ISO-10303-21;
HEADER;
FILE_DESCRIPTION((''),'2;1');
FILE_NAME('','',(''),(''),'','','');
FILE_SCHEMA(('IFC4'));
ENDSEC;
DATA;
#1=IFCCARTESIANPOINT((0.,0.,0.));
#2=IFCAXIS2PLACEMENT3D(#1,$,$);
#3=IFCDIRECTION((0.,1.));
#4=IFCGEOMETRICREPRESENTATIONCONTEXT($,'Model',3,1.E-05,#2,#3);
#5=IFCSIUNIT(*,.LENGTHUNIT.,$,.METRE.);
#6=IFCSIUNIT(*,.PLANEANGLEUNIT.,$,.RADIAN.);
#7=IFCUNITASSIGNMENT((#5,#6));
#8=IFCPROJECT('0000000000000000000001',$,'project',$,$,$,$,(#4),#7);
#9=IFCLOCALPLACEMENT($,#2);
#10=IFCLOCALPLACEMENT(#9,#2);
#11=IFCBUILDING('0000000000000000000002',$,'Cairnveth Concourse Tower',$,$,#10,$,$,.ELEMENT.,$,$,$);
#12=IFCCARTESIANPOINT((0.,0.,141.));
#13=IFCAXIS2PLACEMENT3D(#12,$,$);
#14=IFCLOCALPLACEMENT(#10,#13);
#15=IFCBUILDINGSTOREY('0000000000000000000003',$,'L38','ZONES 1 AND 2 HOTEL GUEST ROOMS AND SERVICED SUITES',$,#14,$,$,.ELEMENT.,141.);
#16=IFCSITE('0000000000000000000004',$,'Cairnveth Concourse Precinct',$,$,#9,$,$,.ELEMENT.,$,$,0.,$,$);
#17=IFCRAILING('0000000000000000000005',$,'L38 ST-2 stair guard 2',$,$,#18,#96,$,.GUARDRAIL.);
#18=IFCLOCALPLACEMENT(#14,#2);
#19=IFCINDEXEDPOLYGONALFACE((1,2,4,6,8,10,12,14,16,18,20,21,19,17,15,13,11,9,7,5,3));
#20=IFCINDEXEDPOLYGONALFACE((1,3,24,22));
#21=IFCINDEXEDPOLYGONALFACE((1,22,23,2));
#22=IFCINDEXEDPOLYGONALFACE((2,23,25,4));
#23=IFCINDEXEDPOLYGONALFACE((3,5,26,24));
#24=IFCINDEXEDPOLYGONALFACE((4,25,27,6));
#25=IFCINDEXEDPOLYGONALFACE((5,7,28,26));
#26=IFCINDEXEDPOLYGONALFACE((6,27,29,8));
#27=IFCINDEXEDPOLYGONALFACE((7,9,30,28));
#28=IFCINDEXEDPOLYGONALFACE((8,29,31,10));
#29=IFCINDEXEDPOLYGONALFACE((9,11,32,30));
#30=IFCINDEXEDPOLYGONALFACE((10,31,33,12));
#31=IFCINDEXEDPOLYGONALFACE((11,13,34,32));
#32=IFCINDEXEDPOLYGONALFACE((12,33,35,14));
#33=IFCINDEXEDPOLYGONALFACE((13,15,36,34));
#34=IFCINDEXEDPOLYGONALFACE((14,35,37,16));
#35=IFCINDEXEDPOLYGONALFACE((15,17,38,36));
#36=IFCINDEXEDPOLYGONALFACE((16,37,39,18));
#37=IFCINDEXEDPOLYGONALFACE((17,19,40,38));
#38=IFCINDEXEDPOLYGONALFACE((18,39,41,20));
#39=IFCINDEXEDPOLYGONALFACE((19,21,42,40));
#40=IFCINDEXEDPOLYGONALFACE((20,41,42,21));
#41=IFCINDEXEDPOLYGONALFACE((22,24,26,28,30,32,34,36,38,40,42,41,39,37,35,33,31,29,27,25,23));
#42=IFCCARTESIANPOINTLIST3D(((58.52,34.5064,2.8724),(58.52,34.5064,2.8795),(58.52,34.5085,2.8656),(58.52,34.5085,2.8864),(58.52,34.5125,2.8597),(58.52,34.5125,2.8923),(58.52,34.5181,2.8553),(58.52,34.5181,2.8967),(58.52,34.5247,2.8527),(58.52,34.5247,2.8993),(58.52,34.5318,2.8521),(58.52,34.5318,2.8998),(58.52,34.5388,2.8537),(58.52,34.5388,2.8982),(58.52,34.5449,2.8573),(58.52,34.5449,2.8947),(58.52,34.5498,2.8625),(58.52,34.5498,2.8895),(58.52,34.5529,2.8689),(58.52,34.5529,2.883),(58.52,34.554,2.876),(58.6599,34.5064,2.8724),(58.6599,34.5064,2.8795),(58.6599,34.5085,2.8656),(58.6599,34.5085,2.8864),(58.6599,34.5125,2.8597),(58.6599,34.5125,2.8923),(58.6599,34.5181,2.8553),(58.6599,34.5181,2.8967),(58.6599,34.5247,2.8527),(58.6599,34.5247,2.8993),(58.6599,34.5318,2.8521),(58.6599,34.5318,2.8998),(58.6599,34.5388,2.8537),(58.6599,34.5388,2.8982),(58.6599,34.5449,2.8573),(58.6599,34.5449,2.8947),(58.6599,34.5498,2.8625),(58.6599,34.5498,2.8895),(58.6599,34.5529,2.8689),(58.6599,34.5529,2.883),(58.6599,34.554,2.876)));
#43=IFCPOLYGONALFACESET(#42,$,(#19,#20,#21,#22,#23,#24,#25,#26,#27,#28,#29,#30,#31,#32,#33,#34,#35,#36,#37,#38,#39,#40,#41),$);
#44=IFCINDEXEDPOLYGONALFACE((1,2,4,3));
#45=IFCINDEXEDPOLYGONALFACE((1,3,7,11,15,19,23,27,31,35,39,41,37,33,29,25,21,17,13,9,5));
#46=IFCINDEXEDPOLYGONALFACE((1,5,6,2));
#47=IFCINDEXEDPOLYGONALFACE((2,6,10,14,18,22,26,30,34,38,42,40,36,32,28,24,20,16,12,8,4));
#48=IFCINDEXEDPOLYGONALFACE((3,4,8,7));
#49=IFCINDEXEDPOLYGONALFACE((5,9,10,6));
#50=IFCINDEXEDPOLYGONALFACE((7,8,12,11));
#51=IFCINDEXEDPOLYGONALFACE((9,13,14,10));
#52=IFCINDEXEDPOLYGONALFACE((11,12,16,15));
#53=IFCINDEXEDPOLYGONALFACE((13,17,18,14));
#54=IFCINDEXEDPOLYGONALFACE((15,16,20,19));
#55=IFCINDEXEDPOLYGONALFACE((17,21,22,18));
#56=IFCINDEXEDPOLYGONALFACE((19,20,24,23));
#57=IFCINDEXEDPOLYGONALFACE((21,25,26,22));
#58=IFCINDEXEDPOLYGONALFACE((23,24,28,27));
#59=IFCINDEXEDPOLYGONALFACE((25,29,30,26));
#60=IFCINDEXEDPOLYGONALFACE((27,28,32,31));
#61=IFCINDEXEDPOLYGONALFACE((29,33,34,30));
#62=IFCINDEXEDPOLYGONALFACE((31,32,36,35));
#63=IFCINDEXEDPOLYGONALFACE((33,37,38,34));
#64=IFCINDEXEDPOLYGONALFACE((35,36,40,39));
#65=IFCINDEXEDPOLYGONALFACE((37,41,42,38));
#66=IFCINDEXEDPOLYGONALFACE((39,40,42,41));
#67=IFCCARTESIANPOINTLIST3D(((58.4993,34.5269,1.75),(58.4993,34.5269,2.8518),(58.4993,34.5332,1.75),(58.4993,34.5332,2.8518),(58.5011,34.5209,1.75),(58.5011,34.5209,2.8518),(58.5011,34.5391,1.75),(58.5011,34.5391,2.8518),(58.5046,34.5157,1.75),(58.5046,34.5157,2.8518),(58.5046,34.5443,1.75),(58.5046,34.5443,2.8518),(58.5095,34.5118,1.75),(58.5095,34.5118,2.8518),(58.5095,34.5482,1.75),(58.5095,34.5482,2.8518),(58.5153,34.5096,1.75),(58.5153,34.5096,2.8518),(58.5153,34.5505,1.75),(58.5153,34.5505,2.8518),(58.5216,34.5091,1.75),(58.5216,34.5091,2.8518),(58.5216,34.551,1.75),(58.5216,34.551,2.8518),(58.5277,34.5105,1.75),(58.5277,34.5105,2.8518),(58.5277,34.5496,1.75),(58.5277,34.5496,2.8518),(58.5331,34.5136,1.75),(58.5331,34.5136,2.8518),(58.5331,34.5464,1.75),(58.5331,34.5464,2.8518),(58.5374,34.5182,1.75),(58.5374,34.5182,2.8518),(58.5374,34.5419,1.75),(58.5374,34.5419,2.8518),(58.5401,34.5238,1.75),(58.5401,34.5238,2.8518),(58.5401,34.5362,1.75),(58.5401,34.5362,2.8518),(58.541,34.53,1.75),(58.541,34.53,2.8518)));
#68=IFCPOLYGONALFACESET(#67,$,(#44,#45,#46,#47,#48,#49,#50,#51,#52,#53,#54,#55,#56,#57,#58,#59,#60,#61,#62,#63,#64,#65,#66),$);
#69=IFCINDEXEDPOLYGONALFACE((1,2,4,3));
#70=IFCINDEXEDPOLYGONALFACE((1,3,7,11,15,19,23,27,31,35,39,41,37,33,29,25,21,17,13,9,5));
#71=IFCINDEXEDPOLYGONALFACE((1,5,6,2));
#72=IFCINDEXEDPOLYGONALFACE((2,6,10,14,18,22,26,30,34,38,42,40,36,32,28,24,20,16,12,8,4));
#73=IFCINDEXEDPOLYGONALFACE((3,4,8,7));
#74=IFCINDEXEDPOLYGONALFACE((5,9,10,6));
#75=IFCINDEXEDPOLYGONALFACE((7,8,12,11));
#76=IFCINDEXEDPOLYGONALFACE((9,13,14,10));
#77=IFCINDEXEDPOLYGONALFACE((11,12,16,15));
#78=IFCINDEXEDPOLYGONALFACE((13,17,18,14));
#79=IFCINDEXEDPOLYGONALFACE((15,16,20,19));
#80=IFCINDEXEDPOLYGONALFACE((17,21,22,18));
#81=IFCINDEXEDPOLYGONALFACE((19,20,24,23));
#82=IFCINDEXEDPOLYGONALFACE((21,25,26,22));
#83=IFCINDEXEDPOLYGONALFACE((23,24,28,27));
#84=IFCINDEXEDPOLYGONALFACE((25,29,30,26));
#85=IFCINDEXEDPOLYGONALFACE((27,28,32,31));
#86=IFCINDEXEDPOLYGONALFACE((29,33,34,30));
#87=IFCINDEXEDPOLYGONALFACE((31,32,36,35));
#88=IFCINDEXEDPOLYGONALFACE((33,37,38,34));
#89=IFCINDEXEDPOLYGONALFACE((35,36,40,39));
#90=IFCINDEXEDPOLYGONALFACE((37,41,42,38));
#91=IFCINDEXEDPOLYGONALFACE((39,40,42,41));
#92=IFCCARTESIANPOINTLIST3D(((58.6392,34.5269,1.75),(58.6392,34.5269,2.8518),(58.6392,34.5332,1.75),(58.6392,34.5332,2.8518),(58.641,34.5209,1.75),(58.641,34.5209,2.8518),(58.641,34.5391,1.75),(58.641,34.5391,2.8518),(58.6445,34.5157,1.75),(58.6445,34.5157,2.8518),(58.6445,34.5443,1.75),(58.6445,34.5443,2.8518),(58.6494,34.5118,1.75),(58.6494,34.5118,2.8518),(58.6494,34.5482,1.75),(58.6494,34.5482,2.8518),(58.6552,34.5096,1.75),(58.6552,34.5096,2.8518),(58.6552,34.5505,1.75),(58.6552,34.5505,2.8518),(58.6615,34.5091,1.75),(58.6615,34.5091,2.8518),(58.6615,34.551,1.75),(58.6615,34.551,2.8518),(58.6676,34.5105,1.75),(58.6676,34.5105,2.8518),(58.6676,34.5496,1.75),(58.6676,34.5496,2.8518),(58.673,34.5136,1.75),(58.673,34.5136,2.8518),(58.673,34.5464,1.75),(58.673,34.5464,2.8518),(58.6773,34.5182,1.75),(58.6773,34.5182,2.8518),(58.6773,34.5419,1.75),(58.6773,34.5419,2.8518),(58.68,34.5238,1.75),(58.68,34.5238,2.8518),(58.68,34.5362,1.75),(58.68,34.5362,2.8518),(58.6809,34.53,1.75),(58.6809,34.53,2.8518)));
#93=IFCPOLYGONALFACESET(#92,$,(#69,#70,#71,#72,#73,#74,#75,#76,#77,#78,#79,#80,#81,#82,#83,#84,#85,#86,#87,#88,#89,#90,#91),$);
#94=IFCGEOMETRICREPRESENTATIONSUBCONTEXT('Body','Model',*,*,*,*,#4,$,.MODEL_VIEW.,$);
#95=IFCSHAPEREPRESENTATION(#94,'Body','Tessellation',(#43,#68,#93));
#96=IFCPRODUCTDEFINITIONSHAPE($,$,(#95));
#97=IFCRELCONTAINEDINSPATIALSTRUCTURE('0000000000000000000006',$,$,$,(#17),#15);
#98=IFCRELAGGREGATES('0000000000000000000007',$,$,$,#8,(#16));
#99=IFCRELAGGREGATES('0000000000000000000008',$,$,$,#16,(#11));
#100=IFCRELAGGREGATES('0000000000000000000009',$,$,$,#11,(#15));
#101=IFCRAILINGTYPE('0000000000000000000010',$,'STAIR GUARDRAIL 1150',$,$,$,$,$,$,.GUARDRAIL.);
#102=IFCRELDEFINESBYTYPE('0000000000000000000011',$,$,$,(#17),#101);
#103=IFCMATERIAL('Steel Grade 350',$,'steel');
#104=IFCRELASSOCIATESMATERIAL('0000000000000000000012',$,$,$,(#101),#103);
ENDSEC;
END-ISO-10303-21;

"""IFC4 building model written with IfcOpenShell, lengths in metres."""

from ifc_helpers import new_model, si_unit, direction, frame, origin, origin_2d, place, context, subcontext, project, spatial, circle, extrude, material, type_object, element, save


model = new_model("IFC4")

# Units and contexts
model_context = context("Model", 3, precision=1e-05, world=origin(), true_north=direction((0.0, 1.0)))
body_context = subcontext(model_context, "Body", "Model", "MODEL_VIEW")
ifc_project = project(units=[si_unit("LENGTHUNIT", "METRE"), si_unit("PLANEANGLEUNIT", "RADIAN")], contexts=[model_context])

# Site, building, storey
site_placement = place(None, origin())
site = spatial("IfcSite", under=ifc_project, at=site_placement, Name="Cairnveth Concourse Precinct", CompositionType="ELEMENT", RefElevation=0.0)
building_placement = place(site_placement, origin())
building = spatial("IfcBuilding", under=site, at=building_placement, Name="Cairnveth Concourse Tower", CompositionType="ELEMENT")
storey_placement = place(building_placement, frame((0.0, 0.0, 141.0)))
storey = spatial("IfcBuildingStorey", under=building, at=storey_placement, Name="L38", Description="ZONES 1 AND 2 HOTEL GUEST ROOMS AND SERVICED SUITES", CompositionType="ELEMENT", Elevation=141.0)

# Shared definitions
ifc_material_1 = material(Name="Steel Grade 350", Category="steel")

# Railing
railing_type_1 = type_object("IfcRailingType", Name="STAIR GUARDRAIL 1150", PredefinedType="GUARDRAIL", material=ifc_material_1)
railing_1_placement = place(storey_placement, frame((58.52, 34.53, 1.75)))
element("IfcRailing", 1, at=railing_1_placement, inside=storey, type_object=railing_type_1, Name="L38 ST-2 stair guard 2", PredefinedType="GUARDRAIL", context=body_context, shape_type="SweptSolid", body=[
    extrude(circle(Radius=0.0239, at=origin_2d()), frame((0.0, 0.0, 1.126), z_axis=(1.0, 0.0, 0.0), x_axis=(0.0, 1.0, 0.0)), (0.0, 0.0, 1.0), 0.1399),
    extrude(circle(Radius=0.021, at=origin_2d()), origin(), (0.0, 0.0, 1.0), 1.1018),
    extrude(circle(Radius=0.021, at=origin_2d()), frame((0.1399, 0.0, 0.0)), (0.0, 0.0, 1.0), 1.1018),
])

save(model, "model.ifc")
